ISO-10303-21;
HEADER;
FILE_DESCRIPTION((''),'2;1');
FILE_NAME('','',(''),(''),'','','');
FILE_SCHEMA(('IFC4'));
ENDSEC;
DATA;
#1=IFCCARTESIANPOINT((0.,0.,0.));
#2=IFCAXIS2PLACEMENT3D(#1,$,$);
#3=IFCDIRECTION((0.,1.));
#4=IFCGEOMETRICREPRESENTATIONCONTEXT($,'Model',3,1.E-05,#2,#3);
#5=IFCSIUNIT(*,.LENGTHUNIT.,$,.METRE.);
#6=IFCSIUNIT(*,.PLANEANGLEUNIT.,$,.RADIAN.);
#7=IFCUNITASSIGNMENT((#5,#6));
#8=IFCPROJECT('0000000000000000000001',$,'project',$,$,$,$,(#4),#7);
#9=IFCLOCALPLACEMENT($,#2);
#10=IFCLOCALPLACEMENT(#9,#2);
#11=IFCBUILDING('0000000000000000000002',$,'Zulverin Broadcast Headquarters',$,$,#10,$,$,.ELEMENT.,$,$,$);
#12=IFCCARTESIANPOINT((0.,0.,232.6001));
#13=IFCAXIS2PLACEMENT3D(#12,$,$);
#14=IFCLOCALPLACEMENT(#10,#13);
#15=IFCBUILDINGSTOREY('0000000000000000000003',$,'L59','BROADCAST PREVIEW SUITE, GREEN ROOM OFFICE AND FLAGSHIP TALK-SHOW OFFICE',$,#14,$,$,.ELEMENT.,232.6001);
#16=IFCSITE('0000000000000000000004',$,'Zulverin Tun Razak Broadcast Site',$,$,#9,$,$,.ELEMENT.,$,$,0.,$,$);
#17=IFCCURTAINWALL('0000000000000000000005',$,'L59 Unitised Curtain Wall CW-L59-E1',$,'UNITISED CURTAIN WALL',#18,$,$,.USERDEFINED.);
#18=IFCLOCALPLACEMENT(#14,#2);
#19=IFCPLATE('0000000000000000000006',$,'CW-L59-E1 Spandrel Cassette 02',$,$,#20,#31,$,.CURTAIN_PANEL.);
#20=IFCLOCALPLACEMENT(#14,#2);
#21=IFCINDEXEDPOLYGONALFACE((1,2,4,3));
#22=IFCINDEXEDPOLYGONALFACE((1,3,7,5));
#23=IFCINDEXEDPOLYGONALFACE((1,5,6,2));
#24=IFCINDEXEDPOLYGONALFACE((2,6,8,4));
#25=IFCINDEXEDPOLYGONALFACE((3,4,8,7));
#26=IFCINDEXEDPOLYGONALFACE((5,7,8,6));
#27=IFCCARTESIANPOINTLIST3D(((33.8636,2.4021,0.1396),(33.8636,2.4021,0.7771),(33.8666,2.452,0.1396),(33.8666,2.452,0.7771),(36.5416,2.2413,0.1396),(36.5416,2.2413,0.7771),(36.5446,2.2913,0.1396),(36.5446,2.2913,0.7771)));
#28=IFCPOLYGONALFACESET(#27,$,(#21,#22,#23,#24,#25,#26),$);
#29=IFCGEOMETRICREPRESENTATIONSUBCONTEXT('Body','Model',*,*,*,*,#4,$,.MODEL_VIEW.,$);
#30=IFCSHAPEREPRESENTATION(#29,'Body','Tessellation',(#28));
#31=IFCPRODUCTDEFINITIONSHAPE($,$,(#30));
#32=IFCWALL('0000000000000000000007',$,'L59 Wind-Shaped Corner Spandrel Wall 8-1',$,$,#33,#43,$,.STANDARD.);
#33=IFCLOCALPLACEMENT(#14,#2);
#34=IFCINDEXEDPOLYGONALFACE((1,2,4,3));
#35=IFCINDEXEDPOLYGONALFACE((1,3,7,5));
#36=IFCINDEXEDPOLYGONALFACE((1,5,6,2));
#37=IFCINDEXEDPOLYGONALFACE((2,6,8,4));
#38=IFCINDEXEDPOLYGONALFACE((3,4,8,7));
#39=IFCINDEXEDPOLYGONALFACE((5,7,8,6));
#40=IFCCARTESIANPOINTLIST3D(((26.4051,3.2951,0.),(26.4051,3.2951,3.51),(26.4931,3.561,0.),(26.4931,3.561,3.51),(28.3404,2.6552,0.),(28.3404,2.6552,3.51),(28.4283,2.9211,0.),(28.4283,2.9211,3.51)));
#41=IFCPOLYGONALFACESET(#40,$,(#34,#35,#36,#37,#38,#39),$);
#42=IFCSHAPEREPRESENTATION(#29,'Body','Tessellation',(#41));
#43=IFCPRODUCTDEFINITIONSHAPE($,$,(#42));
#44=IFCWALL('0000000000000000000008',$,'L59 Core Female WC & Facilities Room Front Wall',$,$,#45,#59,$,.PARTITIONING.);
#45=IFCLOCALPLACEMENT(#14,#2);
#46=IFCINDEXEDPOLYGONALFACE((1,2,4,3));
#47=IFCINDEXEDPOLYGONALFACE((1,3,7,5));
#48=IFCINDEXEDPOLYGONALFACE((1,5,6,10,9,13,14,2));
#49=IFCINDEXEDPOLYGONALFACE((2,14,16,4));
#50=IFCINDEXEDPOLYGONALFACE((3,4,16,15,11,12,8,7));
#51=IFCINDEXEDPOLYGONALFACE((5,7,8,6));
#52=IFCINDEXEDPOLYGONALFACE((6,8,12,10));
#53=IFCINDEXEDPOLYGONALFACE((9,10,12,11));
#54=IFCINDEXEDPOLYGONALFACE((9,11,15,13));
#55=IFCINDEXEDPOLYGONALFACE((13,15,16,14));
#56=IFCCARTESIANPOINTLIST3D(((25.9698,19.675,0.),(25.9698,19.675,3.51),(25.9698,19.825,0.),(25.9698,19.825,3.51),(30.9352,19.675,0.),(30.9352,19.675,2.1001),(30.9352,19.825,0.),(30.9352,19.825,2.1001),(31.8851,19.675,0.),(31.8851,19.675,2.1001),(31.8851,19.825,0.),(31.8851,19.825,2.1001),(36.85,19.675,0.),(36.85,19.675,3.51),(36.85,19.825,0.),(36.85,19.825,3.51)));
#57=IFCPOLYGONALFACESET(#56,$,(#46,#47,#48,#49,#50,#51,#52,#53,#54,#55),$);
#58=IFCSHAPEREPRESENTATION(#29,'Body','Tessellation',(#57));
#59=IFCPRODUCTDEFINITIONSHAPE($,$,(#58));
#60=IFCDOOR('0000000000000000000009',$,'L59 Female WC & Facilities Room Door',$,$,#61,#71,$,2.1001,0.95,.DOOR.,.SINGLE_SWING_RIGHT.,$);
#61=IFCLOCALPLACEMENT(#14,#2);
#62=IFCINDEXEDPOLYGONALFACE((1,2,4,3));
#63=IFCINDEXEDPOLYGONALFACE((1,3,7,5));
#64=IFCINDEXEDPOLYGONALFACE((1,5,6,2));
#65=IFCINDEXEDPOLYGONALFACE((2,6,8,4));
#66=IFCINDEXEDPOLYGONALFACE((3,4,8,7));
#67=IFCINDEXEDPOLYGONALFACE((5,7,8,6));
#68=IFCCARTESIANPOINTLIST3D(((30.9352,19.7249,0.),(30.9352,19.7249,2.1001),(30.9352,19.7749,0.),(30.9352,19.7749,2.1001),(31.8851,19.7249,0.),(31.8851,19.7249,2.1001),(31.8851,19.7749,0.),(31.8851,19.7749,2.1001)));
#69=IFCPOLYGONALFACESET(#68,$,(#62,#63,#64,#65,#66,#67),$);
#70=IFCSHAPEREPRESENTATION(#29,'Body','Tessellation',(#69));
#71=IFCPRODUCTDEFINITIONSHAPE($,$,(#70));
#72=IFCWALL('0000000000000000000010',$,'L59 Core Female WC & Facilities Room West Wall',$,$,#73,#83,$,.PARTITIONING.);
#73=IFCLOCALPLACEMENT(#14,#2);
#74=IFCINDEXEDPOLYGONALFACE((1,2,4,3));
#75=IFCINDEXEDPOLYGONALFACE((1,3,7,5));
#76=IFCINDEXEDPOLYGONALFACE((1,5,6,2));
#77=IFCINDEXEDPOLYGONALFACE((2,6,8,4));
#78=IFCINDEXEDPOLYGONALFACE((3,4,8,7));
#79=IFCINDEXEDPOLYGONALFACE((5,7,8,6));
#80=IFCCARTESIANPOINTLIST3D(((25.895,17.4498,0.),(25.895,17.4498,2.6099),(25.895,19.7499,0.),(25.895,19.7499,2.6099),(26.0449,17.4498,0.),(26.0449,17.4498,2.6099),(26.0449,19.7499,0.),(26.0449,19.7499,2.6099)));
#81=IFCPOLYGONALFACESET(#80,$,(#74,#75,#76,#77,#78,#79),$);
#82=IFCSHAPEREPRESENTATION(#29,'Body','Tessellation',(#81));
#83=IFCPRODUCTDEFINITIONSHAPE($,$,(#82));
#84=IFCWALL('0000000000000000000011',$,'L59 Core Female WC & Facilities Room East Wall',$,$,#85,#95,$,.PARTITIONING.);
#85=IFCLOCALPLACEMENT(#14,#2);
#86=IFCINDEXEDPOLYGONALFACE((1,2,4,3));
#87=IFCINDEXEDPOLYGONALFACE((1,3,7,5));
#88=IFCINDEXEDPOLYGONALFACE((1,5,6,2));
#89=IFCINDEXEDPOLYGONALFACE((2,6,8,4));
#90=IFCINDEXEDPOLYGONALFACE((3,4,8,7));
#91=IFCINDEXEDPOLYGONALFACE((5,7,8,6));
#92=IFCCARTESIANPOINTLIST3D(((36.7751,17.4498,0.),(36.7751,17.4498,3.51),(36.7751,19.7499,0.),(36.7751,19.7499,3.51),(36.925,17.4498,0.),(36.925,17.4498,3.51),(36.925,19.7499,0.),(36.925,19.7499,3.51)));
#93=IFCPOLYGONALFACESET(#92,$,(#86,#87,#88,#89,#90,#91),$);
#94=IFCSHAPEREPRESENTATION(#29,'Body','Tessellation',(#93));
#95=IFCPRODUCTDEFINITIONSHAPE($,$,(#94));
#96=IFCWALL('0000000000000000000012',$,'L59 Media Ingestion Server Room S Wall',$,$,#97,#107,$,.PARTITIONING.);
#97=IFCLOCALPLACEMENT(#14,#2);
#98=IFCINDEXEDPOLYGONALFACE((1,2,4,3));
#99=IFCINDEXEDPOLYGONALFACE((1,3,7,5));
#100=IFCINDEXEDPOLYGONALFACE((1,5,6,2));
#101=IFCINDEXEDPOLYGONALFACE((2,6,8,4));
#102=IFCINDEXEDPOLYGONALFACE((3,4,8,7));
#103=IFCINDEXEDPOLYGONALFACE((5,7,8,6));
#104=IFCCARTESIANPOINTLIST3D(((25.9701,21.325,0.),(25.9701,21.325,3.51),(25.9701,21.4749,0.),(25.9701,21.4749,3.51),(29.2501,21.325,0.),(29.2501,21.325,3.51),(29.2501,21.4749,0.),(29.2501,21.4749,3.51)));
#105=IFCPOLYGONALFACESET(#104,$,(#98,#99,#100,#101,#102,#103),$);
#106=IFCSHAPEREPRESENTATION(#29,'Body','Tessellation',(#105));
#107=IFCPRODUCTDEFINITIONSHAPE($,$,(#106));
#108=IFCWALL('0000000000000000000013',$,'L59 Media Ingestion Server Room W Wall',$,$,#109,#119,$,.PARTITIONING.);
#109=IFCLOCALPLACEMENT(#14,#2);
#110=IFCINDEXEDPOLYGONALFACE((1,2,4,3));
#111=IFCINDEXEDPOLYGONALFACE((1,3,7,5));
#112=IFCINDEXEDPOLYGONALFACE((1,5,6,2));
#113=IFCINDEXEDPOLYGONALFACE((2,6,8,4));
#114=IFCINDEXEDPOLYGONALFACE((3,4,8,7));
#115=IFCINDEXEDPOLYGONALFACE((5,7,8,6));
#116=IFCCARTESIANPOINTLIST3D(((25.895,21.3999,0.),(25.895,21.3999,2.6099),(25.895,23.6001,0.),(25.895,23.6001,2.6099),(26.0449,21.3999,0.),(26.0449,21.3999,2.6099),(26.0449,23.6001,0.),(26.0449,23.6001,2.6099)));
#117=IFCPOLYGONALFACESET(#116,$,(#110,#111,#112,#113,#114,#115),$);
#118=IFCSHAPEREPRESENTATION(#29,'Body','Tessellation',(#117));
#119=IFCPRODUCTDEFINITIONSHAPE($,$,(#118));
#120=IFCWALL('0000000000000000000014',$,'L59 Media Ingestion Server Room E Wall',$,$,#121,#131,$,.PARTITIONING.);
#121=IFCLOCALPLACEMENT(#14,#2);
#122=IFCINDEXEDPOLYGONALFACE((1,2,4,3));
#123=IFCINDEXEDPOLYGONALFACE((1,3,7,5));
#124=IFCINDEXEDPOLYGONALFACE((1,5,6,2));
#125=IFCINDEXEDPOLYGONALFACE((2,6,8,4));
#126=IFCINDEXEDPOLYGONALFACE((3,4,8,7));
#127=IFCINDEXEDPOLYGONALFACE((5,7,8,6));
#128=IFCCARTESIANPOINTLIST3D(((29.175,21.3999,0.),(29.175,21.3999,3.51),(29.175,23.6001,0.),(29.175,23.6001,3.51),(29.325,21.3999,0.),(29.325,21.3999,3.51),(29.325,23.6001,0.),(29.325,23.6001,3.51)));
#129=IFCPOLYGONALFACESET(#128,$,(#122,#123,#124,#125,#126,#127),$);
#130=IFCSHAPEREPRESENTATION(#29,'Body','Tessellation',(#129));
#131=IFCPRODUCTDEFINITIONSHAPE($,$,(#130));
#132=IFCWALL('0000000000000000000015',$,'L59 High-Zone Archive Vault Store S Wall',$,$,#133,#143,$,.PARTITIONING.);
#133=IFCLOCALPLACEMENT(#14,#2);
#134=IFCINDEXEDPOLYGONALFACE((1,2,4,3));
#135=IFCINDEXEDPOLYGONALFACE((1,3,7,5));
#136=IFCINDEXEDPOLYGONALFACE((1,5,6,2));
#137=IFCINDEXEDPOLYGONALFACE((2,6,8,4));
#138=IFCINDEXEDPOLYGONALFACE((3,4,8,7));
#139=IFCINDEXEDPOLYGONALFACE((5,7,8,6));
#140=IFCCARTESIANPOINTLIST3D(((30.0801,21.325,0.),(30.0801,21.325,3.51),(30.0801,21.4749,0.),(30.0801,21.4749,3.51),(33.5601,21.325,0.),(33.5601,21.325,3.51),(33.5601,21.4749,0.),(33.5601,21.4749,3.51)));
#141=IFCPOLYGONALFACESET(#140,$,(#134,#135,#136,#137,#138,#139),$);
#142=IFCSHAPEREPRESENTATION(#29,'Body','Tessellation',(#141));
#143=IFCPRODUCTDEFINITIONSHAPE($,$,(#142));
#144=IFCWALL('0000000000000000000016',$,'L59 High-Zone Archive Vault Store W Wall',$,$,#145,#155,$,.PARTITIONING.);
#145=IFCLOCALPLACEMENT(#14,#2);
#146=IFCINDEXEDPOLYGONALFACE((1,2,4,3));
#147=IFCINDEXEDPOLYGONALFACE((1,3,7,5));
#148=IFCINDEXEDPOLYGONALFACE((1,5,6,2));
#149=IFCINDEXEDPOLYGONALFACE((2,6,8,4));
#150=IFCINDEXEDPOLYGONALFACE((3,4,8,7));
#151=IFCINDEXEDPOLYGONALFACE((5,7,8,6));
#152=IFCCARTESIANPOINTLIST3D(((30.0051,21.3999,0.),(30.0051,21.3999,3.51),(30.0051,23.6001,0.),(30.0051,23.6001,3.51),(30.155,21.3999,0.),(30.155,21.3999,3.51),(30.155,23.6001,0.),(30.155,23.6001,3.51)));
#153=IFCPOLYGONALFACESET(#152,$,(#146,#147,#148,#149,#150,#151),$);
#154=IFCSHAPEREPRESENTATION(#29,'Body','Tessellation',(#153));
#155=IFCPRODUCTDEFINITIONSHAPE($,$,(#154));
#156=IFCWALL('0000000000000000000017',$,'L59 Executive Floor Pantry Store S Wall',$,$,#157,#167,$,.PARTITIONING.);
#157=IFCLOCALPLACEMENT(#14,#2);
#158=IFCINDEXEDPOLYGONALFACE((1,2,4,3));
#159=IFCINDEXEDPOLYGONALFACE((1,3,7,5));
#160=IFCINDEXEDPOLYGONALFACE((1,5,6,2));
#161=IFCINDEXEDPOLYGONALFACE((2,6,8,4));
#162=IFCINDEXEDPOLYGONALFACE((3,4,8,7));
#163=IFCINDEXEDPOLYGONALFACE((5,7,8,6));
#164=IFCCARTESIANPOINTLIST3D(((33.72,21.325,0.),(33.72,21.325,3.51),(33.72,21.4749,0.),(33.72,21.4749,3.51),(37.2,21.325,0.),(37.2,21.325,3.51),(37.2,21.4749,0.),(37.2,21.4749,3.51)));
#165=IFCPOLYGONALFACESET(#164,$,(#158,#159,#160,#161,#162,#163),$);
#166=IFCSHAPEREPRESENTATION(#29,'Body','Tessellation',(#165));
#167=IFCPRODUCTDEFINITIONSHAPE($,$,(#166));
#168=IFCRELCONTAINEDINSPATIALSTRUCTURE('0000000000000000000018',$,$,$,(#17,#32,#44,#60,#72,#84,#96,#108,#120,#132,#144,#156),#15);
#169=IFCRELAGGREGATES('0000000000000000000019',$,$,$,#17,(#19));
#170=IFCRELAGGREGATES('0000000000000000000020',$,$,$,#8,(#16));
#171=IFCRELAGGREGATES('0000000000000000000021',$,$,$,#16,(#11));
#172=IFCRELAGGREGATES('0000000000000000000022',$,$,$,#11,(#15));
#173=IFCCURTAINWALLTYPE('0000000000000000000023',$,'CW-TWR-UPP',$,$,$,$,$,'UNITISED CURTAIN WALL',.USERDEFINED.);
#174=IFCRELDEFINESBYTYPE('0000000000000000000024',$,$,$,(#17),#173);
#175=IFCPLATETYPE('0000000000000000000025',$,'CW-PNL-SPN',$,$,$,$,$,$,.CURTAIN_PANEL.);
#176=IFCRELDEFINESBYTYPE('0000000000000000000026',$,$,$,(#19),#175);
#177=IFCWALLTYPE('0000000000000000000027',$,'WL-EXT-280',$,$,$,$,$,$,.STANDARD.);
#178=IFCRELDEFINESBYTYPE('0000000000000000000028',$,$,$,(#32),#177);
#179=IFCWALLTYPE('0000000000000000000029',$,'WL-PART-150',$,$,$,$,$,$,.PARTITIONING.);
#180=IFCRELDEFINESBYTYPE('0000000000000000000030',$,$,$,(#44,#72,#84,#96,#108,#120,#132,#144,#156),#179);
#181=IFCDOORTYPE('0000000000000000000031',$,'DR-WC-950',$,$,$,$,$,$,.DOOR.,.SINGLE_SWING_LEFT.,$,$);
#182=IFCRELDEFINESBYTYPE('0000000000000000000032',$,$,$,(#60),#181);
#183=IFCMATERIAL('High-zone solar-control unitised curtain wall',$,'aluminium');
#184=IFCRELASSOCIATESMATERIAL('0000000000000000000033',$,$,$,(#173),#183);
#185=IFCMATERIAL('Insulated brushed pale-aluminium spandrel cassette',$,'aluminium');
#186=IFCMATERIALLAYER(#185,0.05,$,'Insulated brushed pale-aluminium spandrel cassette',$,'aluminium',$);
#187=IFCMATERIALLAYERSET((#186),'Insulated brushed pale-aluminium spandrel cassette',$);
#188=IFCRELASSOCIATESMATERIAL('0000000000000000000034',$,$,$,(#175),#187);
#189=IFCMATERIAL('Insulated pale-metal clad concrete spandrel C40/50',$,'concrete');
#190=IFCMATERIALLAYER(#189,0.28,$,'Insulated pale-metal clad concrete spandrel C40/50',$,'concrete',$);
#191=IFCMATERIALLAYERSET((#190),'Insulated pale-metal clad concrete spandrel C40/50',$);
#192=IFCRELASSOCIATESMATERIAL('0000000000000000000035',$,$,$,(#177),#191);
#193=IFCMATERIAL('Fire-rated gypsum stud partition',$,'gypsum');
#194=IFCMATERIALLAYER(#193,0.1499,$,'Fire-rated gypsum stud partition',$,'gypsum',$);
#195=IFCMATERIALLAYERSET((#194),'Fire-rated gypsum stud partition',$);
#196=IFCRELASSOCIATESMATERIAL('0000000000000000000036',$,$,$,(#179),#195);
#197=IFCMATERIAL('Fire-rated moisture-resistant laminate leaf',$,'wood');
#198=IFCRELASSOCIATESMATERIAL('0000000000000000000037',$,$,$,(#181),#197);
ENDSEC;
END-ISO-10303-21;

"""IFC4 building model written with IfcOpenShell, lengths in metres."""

from ifc_helpers import new_model, si_unit, direction, frame, frame_2d, origin, origin_2d, place, context, subcontext, project, spatial, rectangle, extrude, material, layer, layer_set, type_object, element, fill, aggregate, save


model = new_model("IFC4")

# Units and contexts
model_context = context("Model", 3, precision=1e-05, world=origin(), true_north=direction((0.0, 1.0)))
body_context = subcontext(model_context, "Body", "Model", "MODEL_VIEW")
ifc_project = project(units=[si_unit("LENGTHUNIT", "METRE"), si_unit("PLANEANGLEUNIT", "RADIAN")], contexts=[model_context])

# Site, building, storey
site_placement = place(None, origin())
site = spatial("IfcSite", under=ifc_project, at=site_placement, Name="Zulverin Tun Razak Broadcast Site", CompositionType="ELEMENT", RefElevation=0.0)
building_placement = place(site_placement, origin())
building = spatial("IfcBuilding", under=site, at=building_placement, Name="Zulverin Broadcast Headquarters", CompositionType="ELEMENT")
storey_placement = place(building_placement, frame((0.0, 0.0, 232.6001)))
storey = spatial("IfcBuildingStorey", under=building, at=storey_placement, Name="L59", Description="BROADCAST PREVIEW SUITE, GREEN ROOM OFFICE AND FLAGSHIP TALK-SHOW OFFICE", CompositionType="ELEMENT", Elevation=232.6001)

# Curtain wall, plate
ifc_material_1 = material(Name="High-zone solar-control unitised curtain wall", Category="aluminium")
curtain_wall_type = type_object("IfcCurtainWallType", Name="CW-TWR-UPP", ElementType="UNITISED CURTAIN WALL", PredefinedType="USERDEFINED", material=ifc_material_1)
curtain_wall_placement = place(storey_placement, origin())
curtain_wall = element("IfcCurtainWall", 1, at=curtain_wall_placement, inside=storey, type_object=curtain_wall_type, Name="L59 Unitised Curtain Wall CW-L59-E1", ObjectType="UNITISED CURTAIN WALL", PredefinedType="USERDEFINED")
ifc_material_2 = material(Name="Insulated brushed pale-aluminium spandrel cassette", Category="aluminium")
ifc_layer_1 = layer(ifc_material_2, 0.05, Name="Insulated brushed pale-aluminium spandrel cassette", Category="aluminium")
ifc_layer_set_1 = layer_set([ifc_layer_1], Name="Insulated brushed pale-aluminium spandrel cassette")
plate_type_1 = type_object("IfcPlateType", Name="CW-PNL-SPN", PredefinedType="CURTAIN_PANEL", material=ifc_layer_set_1)
plate_1_placement = place(storey_placement, frame((35.2041, 2.3467, 0.1396), z_axis=(0.0, 0.0, 1.0), x_axis=(0.998203, -0.059928, 0.0)))
plate_1 = element("IfcPlate", 2, at=plate_1_placement, type_object=plate_type_1, Name="CW-L59-E1 Spandrel Cassette 02", PredefinedType="CURTAIN_PANEL", context=body_context, shape_type="SweptSolid", body=[
    extrude(rectangle(XDim=2.6829, YDim=0.05, at=origin_2d()), origin(), (0.0, 0.0, 1.0), 0.6375),
])
aggregate(curtain_wall, [plate_1])

# Wall
ifc_material_3 = material(Name="Insulated pale-metal clad concrete spandrel C40/50", Category="concrete")
ifc_layer_2 = layer(ifc_material_3, 0.28, Name="Insulated pale-metal clad concrete spandrel C40/50", Category="concrete")
ifc_layer_set_2 = layer_set([ifc_layer_2], Name="Insulated pale-metal clad concrete spandrel C40/50")
wall_type_1 = type_object("IfcWallType", Name="WL-EXT-280", PredefinedType="STANDARD", material=ifc_layer_set_2)
wall_1_placement = place(storey_placement, frame((26.4492, 3.428, 0.0), z_axis=(0.0, 0.0, 1.0), x_axis=(0.949447, -0.313927, 0.0)))
element("IfcWall", 3, at=wall_1_placement, inside=storey, type_object=wall_type_1, Name="L59 Wind-Shaped Corner Spandrel Wall 8-1", PredefinedType="STANDARD", context=body_context, shape_type="SweptSolid", body=[
    extrude(rectangle(XDim=2.0383, YDim=0.28, at=frame_2d((1.019, 0.0))), origin(), (0.0, 0.0, 1.0), 3.51),
])

# Wall, opening, door
ifc_material_4 = material(Name="Fire-rated gypsum stud partition", Category="gypsum")
ifc_layer_3 = layer(ifc_material_4, 0.1499, Name="Fire-rated gypsum stud partition", Category="gypsum")
ifc_layer_set_3 = layer_set([ifc_layer_3], Name="Fire-rated gypsum stud partition")
wall_type_2 = type_object("IfcWallType", Name="WL-PART-150", PredefinedType="PARTITIONING", material=ifc_layer_set_3)
wall_2_placement = place(storey_placement, frame((25.97, 19.75, 0.0), z_axis=(0.0, 0.0, 1.0), x_axis=(1.0, 0.0, 0.0)))
wall_2 = element("IfcWall", 4, at=wall_2_placement, inside=storey, type_object=wall_type_2, Name="L59 Core Female WC & Facilities Room Front Wall", PredefinedType="PARTITIONING", context=body_context, shape_type="SweptSolid", body=[
    extrude(rectangle(XDim=10.8801, YDim=0.1499, at=frame_2d((5.4399, 0.0))), origin(), (0.0, 0.0, 1.0), 3.51),
])
opening_placement = place(wall_2_placement, frame((4.9651, 0.0, 0.0)))
opening = element("IfcOpeningElement", 5, at=opening_placement, cuts=wall_2, PredefinedType="OPENING", context=body_context, shape_type="SweptSolid", body=[
    extrude(rectangle(XDim=0.95, YDim=2.1001, at=frame_2d((0.4751, 1.05))), frame((0.0, 0.085, 0.0), z_axis=(0.0, -1.0, 0.0), x_axis=(1.0, 0.0, 0.0)), (0.0, 0.0, 1.0), 0.1699),
])
ifc_material_5 = material(Name="Fire-rated moisture-resistant laminate leaf", Category="wood")
door_type = type_object("IfcDoorType", Name="DR-WC-950", OperationType="SINGLE_SWING_LEFT", PredefinedType="DOOR", material=ifc_material_5)
door_placement = place(opening_placement, origin())
door = element("IfcDoor", 6, at=door_placement, inside=storey, type_object=door_type, Name="L59 Female WC & Facilities Room Door", OperationType="SINGLE_SWING_RIGHT", OverallHeight=2.1001, OverallWidth=0.95, PredefinedType="DOOR", context=body_context, shape_type="SweptSolid", body=[
    extrude(rectangle(XDim=0.95, YDim=2.1001, at=frame_2d((0.4751, 1.05))), frame((0.0, 0.0249, 0.0), z_axis=(0.0, -1.0, 0.0), x_axis=(1.0, 0.0, 0.0)), (0.0, 0.0, 1.0), 0.05),
])
fill(opening, door)

# Walls
wall_3_placement = place(storey_placement, frame((25.97, 17.45, 0.0), z_axis=(0.0, 0.0, 1.0), x_axis=(0.0, 1.0, 0.0)))
element("IfcWall", 7, at=wall_3_placement, inside=storey, type_object=wall_type_2, Name="L59 Core Female WC & Facilities Room West Wall", PredefinedType="PARTITIONING", context=body_context, shape_type="SweptSolid", body=[
    extrude(rectangle(XDim=2.3, YDim=0.1499, at=frame_2d((1.1499, 0.0))), origin(), (0.0, 0.0, 1.0), 2.6099),
])
wall_4_placement = place(storey_placement, frame((36.8501, 17.45, 0.0), z_axis=(0.0, 0.0, 1.0), x_axis=(0.0, 1.0, 0.0)))
element("IfcWall", 8, at=wall_4_placement, inside=storey, type_object=wall_type_2, Name="L59 Core Female WC & Facilities Room East Wall", PredefinedType="PARTITIONING", context=body_context, shape_type="SweptSolid", body=[
    extrude(rectangle(XDim=2.3, YDim=0.1499, at=frame_2d((1.1499, 0.0))), origin(), (0.0, 0.0, 1.0), 3.51),
])
wall_5_placement = place(storey_placement, frame((25.97, 21.3999, 0.0), z_axis=(0.0, 0.0, 1.0), x_axis=(1.0, 0.0, 0.0)))
element("IfcWall", 9, at=wall_5_placement, inside=storey, type_object=wall_type_2, Name="L59 Media Ingestion Server Room S Wall", PredefinedType="PARTITIONING", context=body_context, shape_type="SweptSolid", body=[
    extrude(rectangle(XDim=3.28, YDim=0.1499, at=frame_2d((1.6401, 0.0))), origin(), (0.0, 0.0, 1.0), 3.51),
])
wall_6_placement = place(storey_placement, frame((25.97, 21.3999, 0.0), z_axis=(0.0, 0.0, 1.0), x_axis=(0.0, 1.0, 0.0)))
element("IfcWall", 10, at=wall_6_placement, inside=storey, type_object=wall_type_2, Name="L59 Media Ingestion Server Room W Wall", PredefinedType="PARTITIONING", context=body_context, shape_type="SweptSolid", body=[
    extrude(rectangle(XDim=2.2002, YDim=0.1499, at=frame_2d((1.1001, 0.0))), origin(), (0.0, 0.0, 1.0), 2.6099),
])
wall_7_placement = place(storey_placement, frame((29.25, 21.3999, 0.0), z_axis=(0.0, 0.0, 1.0), x_axis=(0.0, 1.0, 0.0)))
element("IfcWall", 11, at=wall_7_placement, inside=storey, type_object=wall_type_2, Name="L59 Media Ingestion Server Room E Wall", PredefinedType="PARTITIONING", context=body_context, shape_type="SweptSolid", body=[
    extrude(rectangle(XDim=2.2002, YDim=0.1499, at=frame_2d((1.1001, 0.0))), origin(), (0.0, 0.0, 1.0), 3.51),
])
wall_8_placement = place(storey_placement, frame((30.0801, 21.3999, 0.0), z_axis=(0.0, 0.0, 1.0), x_axis=(1.0, 0.0, 0.0)))
element("IfcWall", 12, at=wall_8_placement, inside=storey, type_object=wall_type_2, Name="L59 High-Zone Archive Vault Store S Wall", PredefinedType="PARTITIONING", context=body_context, shape_type="SweptSolid", body=[
    extrude(rectangle(XDim=3.48, YDim=0.1499, at=frame_2d((1.74, 0.0))), origin(), (0.0, 0.0, 1.0), 3.51),
])
wall_9_placement = place(storey_placement, frame((30.0801, 21.3999, 0.0), z_axis=(0.0, 0.0, 1.0), x_axis=(0.0, 1.0, 0.0)))
element("IfcWall", 13, at=wall_9_placement, inside=storey, type_object=wall_type_2, Name="L59 High-Zone Archive Vault Store W Wall", PredefinedType="PARTITIONING", context=body_context, shape_type="SweptSolid", body=[
    extrude(rectangle(XDim=2.2002, YDim=0.1499, at=frame_2d((1.1001, 0.0))), origin(), (0.0, 0.0, 1.0), 3.51),
])
wall_10_placement = place(storey_placement, frame((33.72, 21.3999, 0.0), z_axis=(0.0, 0.0, 1.0), x_axis=(1.0, 0.0, 0.0)))
element("IfcWall", 14, at=wall_10_placement, inside=storey, type_object=wall_type_2, Name="L59 Executive Floor Pantry Store S Wall", PredefinedType="PARTITIONING", context=body_context, shape_type="SweptSolid", body=[
    extrude(rectangle(XDim=3.48, YDim=0.1499, at=frame_2d((1.74, 0.0))), origin(), (0.0, 0.0, 1.0), 3.51),
])

save(model, "model.ifc")
